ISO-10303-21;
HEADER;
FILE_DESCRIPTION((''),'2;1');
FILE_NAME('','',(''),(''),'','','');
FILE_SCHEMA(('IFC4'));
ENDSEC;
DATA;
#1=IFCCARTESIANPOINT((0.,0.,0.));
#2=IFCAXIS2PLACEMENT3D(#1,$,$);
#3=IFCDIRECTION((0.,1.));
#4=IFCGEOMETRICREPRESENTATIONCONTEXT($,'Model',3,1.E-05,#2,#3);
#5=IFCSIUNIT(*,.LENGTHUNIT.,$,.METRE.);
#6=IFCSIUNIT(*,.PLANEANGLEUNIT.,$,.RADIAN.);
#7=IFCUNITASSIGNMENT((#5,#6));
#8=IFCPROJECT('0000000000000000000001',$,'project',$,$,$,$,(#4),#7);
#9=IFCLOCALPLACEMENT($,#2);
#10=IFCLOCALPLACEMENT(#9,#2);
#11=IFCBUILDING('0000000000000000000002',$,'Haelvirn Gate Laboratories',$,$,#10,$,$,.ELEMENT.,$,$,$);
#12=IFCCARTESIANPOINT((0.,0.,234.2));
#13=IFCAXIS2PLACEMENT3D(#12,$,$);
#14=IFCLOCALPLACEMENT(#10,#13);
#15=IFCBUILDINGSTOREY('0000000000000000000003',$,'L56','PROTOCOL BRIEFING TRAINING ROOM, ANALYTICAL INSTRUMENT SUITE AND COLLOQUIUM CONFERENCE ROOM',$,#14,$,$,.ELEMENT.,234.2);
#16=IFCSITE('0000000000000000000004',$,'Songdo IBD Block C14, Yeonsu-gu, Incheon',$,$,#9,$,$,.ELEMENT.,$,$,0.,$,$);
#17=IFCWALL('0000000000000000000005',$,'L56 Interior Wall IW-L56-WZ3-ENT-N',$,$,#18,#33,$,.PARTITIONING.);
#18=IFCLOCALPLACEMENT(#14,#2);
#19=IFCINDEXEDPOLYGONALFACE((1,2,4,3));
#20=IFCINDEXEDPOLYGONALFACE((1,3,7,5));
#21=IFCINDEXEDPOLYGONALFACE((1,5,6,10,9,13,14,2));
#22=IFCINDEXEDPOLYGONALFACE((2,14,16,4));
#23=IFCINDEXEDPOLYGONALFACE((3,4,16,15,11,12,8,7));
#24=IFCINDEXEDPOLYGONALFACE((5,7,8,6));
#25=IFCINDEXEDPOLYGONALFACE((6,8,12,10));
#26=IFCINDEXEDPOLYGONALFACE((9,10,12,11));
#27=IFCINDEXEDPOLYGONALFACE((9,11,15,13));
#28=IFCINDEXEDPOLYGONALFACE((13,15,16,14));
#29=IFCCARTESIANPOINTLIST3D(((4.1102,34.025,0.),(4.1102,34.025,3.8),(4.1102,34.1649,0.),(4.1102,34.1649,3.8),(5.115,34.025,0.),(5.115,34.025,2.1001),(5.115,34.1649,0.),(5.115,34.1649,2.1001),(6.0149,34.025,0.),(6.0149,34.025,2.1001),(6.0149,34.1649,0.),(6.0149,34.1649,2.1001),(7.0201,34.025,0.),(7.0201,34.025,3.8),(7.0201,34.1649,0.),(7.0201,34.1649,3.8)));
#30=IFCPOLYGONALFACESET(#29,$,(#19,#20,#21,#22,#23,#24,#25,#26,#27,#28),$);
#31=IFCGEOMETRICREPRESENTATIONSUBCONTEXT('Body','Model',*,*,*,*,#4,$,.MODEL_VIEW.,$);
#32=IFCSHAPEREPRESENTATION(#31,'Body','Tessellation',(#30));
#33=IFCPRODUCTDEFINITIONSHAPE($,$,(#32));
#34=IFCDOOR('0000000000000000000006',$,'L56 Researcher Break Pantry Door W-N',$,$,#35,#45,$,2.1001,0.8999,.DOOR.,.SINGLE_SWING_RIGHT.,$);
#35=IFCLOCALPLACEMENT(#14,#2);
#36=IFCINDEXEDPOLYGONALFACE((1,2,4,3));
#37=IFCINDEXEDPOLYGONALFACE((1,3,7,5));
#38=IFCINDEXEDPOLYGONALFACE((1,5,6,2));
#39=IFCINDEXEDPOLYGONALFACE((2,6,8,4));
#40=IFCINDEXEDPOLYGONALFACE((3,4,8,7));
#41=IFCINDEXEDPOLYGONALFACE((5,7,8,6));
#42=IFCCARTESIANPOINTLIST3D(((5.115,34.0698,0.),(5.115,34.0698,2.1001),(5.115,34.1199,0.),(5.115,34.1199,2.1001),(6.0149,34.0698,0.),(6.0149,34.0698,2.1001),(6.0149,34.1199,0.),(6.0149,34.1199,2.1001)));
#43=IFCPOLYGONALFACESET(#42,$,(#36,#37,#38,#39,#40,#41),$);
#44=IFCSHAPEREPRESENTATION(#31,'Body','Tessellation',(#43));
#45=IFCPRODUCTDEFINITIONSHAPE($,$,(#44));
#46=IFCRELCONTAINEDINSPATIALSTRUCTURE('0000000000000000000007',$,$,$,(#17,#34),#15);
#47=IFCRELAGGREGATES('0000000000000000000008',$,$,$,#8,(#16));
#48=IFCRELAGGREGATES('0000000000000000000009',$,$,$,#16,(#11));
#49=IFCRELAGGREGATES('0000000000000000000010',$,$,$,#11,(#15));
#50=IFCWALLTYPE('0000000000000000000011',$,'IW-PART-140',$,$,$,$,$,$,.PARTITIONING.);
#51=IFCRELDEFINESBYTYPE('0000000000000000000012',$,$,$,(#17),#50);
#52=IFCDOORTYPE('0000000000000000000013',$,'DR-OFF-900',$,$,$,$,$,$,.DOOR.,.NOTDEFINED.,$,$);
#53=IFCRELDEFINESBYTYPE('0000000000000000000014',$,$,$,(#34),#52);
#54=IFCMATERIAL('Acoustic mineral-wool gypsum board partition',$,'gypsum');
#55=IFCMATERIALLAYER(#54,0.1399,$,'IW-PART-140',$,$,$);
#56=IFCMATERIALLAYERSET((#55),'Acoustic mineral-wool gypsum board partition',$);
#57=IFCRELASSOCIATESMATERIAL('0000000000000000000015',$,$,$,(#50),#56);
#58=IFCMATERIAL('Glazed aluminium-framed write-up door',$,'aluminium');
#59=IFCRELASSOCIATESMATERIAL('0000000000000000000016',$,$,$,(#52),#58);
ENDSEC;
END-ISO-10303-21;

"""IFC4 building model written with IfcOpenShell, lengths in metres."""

from ifc_helpers import new_model, si_unit, direction, frame, frame_2d, origin, place, context, subcontext, project, spatial, rectangle, extrude, source, transform, mapped, material, layer, layer_set, type_object, type_shapes, element, fill, save


model = new_model("IFC4")

# Units and contexts
model_context = context("Model", 3, precision=1e-05, world=origin(), true_north=direction((0.0, 1.0)))
body_context = subcontext(model_context, "Body", "Model", "MODEL_VIEW")
ifc_project = project(units=[si_unit("LENGTHUNIT", "METRE"), si_unit("PLANEANGLEUNIT", "RADIAN")], contexts=[model_context])

# Site, building, storey
site_placement = place(None, origin())
site = spatial("IfcSite", under=ifc_project, at=site_placement, Name="Songdo IBD Block C14, Yeonsu-gu, Incheon", CompositionType="ELEMENT", RefElevation=0.0)
building_placement = place(site_placement, origin())
building = spatial("IfcBuilding", under=site, at=building_placement, Name="Haelvirn Gate Laboratories", CompositionType="ELEMENT")
storey_placement = place(building_placement, frame((0.0, 0.0, 234.2)))
storey = spatial("IfcBuildingStorey", under=building, at=storey_placement, Name="L56", Description="PROTOCOL BRIEFING TRAINING ROOM, ANALYTICAL INSTRUMENT SUITE AND COLLOQUIUM CONFERENCE ROOM", CompositionType="ELEMENT", Elevation=234.2)

# Wall, opening, door
ifc_material_1 = material(Name="Acoustic mineral-wool gypsum board partition", Category="gypsum")
ifc_layer_1 = layer(ifc_material_1, 0.1399, Name="IW-PART-140")
ifc_layer_set_1 = layer_set([ifc_layer_1], Name="Acoustic mineral-wool gypsum board partition")
wall_type_1 = type_object("IfcWallType", Name="IW-PART-140", PredefinedType="PARTITIONING", material=ifc_layer_set_1)
wall_1_placement = place(storey_placement, frame((4.1101, 34.095, 0.0), z_axis=(0.0, 0.0, 1.0), x_axis=(1.0, 0.0, 0.0)))
wall_1 = element("IfcWall", 1, at=wall_1_placement, inside=storey, type_object=wall_type_1, Name="L56 Interior Wall IW-L56-WZ3-ENT-N", PredefinedType="PARTITIONING", context=body_context, shape_type="SweptSolid", body=[
    extrude(rectangle(XDim=2.9099, YDim=0.1399, at=frame_2d((1.4551, 0.0))), origin(), (0.0, 0.0, 1.0), 3.8),
])
opening_1_placement = place(wall_1_placement, frame((1.0049, 0.0, 0.0)))
opening_1 = element("IfcOpeningElement", 2, at=opening_1_placement, cuts=wall_1, PredefinedType="OPENING", context=body_context, shape_type="SweptSolid", body=[
    extrude(rectangle(XDim=0.8999, YDim=2.1001, at=frame_2d((0.45, 1.05))), frame((0.0, 0.0801, 0.0), z_axis=(0.0, -1.0, 0.0), x_axis=(1.0, 0.0, 0.0)), (0.0, 0.0, 1.0), 0.1599),
])
ifc_material_2 = material(Name="Glazed aluminium-framed write-up door", Category="aluminium")
door_type_1 = type_object("IfcDoorType", Name="DR-OFF-900", OperationType="NOTDEFINED", PredefinedType="DOOR", material=ifc_material_2)
shared_shape_1 = source(origin(), body_context, "Body", "SweptSolid", [
    extrude(rectangle(XDim=0.8999, YDim=2.1001, at=frame_2d((0.45, 1.05))), frame((0.0, 0.0249, 0.0), z_axis=(0.0, -1.0, 0.0), x_axis=(1.0, 0.0, 0.0)), (0.0, 0.0, 1.0), 0.05),
])
type_shapes(door_type_1, [shared_shape_1])
door_1_placement = place(opening_1_placement, origin())
door_1 = element("IfcDoor", 3, at=door_1_placement, inside=storey, type_object=door_type_1, Name="L56 Researcher Break Pantry Door W-N", OperationType="SINGLE_SWING_RIGHT", OverallHeight=2.1001, OverallWidth=0.8999, PredefinedType="DOOR", context=body_context, shape_type="MappedRepresentation", body=[
    mapped(shared_shape_1, transform((0.0, 0.0, 0.0), scale=1.0)),
])
fill(opening_1, door_1)

save(model, "model.ifc")
